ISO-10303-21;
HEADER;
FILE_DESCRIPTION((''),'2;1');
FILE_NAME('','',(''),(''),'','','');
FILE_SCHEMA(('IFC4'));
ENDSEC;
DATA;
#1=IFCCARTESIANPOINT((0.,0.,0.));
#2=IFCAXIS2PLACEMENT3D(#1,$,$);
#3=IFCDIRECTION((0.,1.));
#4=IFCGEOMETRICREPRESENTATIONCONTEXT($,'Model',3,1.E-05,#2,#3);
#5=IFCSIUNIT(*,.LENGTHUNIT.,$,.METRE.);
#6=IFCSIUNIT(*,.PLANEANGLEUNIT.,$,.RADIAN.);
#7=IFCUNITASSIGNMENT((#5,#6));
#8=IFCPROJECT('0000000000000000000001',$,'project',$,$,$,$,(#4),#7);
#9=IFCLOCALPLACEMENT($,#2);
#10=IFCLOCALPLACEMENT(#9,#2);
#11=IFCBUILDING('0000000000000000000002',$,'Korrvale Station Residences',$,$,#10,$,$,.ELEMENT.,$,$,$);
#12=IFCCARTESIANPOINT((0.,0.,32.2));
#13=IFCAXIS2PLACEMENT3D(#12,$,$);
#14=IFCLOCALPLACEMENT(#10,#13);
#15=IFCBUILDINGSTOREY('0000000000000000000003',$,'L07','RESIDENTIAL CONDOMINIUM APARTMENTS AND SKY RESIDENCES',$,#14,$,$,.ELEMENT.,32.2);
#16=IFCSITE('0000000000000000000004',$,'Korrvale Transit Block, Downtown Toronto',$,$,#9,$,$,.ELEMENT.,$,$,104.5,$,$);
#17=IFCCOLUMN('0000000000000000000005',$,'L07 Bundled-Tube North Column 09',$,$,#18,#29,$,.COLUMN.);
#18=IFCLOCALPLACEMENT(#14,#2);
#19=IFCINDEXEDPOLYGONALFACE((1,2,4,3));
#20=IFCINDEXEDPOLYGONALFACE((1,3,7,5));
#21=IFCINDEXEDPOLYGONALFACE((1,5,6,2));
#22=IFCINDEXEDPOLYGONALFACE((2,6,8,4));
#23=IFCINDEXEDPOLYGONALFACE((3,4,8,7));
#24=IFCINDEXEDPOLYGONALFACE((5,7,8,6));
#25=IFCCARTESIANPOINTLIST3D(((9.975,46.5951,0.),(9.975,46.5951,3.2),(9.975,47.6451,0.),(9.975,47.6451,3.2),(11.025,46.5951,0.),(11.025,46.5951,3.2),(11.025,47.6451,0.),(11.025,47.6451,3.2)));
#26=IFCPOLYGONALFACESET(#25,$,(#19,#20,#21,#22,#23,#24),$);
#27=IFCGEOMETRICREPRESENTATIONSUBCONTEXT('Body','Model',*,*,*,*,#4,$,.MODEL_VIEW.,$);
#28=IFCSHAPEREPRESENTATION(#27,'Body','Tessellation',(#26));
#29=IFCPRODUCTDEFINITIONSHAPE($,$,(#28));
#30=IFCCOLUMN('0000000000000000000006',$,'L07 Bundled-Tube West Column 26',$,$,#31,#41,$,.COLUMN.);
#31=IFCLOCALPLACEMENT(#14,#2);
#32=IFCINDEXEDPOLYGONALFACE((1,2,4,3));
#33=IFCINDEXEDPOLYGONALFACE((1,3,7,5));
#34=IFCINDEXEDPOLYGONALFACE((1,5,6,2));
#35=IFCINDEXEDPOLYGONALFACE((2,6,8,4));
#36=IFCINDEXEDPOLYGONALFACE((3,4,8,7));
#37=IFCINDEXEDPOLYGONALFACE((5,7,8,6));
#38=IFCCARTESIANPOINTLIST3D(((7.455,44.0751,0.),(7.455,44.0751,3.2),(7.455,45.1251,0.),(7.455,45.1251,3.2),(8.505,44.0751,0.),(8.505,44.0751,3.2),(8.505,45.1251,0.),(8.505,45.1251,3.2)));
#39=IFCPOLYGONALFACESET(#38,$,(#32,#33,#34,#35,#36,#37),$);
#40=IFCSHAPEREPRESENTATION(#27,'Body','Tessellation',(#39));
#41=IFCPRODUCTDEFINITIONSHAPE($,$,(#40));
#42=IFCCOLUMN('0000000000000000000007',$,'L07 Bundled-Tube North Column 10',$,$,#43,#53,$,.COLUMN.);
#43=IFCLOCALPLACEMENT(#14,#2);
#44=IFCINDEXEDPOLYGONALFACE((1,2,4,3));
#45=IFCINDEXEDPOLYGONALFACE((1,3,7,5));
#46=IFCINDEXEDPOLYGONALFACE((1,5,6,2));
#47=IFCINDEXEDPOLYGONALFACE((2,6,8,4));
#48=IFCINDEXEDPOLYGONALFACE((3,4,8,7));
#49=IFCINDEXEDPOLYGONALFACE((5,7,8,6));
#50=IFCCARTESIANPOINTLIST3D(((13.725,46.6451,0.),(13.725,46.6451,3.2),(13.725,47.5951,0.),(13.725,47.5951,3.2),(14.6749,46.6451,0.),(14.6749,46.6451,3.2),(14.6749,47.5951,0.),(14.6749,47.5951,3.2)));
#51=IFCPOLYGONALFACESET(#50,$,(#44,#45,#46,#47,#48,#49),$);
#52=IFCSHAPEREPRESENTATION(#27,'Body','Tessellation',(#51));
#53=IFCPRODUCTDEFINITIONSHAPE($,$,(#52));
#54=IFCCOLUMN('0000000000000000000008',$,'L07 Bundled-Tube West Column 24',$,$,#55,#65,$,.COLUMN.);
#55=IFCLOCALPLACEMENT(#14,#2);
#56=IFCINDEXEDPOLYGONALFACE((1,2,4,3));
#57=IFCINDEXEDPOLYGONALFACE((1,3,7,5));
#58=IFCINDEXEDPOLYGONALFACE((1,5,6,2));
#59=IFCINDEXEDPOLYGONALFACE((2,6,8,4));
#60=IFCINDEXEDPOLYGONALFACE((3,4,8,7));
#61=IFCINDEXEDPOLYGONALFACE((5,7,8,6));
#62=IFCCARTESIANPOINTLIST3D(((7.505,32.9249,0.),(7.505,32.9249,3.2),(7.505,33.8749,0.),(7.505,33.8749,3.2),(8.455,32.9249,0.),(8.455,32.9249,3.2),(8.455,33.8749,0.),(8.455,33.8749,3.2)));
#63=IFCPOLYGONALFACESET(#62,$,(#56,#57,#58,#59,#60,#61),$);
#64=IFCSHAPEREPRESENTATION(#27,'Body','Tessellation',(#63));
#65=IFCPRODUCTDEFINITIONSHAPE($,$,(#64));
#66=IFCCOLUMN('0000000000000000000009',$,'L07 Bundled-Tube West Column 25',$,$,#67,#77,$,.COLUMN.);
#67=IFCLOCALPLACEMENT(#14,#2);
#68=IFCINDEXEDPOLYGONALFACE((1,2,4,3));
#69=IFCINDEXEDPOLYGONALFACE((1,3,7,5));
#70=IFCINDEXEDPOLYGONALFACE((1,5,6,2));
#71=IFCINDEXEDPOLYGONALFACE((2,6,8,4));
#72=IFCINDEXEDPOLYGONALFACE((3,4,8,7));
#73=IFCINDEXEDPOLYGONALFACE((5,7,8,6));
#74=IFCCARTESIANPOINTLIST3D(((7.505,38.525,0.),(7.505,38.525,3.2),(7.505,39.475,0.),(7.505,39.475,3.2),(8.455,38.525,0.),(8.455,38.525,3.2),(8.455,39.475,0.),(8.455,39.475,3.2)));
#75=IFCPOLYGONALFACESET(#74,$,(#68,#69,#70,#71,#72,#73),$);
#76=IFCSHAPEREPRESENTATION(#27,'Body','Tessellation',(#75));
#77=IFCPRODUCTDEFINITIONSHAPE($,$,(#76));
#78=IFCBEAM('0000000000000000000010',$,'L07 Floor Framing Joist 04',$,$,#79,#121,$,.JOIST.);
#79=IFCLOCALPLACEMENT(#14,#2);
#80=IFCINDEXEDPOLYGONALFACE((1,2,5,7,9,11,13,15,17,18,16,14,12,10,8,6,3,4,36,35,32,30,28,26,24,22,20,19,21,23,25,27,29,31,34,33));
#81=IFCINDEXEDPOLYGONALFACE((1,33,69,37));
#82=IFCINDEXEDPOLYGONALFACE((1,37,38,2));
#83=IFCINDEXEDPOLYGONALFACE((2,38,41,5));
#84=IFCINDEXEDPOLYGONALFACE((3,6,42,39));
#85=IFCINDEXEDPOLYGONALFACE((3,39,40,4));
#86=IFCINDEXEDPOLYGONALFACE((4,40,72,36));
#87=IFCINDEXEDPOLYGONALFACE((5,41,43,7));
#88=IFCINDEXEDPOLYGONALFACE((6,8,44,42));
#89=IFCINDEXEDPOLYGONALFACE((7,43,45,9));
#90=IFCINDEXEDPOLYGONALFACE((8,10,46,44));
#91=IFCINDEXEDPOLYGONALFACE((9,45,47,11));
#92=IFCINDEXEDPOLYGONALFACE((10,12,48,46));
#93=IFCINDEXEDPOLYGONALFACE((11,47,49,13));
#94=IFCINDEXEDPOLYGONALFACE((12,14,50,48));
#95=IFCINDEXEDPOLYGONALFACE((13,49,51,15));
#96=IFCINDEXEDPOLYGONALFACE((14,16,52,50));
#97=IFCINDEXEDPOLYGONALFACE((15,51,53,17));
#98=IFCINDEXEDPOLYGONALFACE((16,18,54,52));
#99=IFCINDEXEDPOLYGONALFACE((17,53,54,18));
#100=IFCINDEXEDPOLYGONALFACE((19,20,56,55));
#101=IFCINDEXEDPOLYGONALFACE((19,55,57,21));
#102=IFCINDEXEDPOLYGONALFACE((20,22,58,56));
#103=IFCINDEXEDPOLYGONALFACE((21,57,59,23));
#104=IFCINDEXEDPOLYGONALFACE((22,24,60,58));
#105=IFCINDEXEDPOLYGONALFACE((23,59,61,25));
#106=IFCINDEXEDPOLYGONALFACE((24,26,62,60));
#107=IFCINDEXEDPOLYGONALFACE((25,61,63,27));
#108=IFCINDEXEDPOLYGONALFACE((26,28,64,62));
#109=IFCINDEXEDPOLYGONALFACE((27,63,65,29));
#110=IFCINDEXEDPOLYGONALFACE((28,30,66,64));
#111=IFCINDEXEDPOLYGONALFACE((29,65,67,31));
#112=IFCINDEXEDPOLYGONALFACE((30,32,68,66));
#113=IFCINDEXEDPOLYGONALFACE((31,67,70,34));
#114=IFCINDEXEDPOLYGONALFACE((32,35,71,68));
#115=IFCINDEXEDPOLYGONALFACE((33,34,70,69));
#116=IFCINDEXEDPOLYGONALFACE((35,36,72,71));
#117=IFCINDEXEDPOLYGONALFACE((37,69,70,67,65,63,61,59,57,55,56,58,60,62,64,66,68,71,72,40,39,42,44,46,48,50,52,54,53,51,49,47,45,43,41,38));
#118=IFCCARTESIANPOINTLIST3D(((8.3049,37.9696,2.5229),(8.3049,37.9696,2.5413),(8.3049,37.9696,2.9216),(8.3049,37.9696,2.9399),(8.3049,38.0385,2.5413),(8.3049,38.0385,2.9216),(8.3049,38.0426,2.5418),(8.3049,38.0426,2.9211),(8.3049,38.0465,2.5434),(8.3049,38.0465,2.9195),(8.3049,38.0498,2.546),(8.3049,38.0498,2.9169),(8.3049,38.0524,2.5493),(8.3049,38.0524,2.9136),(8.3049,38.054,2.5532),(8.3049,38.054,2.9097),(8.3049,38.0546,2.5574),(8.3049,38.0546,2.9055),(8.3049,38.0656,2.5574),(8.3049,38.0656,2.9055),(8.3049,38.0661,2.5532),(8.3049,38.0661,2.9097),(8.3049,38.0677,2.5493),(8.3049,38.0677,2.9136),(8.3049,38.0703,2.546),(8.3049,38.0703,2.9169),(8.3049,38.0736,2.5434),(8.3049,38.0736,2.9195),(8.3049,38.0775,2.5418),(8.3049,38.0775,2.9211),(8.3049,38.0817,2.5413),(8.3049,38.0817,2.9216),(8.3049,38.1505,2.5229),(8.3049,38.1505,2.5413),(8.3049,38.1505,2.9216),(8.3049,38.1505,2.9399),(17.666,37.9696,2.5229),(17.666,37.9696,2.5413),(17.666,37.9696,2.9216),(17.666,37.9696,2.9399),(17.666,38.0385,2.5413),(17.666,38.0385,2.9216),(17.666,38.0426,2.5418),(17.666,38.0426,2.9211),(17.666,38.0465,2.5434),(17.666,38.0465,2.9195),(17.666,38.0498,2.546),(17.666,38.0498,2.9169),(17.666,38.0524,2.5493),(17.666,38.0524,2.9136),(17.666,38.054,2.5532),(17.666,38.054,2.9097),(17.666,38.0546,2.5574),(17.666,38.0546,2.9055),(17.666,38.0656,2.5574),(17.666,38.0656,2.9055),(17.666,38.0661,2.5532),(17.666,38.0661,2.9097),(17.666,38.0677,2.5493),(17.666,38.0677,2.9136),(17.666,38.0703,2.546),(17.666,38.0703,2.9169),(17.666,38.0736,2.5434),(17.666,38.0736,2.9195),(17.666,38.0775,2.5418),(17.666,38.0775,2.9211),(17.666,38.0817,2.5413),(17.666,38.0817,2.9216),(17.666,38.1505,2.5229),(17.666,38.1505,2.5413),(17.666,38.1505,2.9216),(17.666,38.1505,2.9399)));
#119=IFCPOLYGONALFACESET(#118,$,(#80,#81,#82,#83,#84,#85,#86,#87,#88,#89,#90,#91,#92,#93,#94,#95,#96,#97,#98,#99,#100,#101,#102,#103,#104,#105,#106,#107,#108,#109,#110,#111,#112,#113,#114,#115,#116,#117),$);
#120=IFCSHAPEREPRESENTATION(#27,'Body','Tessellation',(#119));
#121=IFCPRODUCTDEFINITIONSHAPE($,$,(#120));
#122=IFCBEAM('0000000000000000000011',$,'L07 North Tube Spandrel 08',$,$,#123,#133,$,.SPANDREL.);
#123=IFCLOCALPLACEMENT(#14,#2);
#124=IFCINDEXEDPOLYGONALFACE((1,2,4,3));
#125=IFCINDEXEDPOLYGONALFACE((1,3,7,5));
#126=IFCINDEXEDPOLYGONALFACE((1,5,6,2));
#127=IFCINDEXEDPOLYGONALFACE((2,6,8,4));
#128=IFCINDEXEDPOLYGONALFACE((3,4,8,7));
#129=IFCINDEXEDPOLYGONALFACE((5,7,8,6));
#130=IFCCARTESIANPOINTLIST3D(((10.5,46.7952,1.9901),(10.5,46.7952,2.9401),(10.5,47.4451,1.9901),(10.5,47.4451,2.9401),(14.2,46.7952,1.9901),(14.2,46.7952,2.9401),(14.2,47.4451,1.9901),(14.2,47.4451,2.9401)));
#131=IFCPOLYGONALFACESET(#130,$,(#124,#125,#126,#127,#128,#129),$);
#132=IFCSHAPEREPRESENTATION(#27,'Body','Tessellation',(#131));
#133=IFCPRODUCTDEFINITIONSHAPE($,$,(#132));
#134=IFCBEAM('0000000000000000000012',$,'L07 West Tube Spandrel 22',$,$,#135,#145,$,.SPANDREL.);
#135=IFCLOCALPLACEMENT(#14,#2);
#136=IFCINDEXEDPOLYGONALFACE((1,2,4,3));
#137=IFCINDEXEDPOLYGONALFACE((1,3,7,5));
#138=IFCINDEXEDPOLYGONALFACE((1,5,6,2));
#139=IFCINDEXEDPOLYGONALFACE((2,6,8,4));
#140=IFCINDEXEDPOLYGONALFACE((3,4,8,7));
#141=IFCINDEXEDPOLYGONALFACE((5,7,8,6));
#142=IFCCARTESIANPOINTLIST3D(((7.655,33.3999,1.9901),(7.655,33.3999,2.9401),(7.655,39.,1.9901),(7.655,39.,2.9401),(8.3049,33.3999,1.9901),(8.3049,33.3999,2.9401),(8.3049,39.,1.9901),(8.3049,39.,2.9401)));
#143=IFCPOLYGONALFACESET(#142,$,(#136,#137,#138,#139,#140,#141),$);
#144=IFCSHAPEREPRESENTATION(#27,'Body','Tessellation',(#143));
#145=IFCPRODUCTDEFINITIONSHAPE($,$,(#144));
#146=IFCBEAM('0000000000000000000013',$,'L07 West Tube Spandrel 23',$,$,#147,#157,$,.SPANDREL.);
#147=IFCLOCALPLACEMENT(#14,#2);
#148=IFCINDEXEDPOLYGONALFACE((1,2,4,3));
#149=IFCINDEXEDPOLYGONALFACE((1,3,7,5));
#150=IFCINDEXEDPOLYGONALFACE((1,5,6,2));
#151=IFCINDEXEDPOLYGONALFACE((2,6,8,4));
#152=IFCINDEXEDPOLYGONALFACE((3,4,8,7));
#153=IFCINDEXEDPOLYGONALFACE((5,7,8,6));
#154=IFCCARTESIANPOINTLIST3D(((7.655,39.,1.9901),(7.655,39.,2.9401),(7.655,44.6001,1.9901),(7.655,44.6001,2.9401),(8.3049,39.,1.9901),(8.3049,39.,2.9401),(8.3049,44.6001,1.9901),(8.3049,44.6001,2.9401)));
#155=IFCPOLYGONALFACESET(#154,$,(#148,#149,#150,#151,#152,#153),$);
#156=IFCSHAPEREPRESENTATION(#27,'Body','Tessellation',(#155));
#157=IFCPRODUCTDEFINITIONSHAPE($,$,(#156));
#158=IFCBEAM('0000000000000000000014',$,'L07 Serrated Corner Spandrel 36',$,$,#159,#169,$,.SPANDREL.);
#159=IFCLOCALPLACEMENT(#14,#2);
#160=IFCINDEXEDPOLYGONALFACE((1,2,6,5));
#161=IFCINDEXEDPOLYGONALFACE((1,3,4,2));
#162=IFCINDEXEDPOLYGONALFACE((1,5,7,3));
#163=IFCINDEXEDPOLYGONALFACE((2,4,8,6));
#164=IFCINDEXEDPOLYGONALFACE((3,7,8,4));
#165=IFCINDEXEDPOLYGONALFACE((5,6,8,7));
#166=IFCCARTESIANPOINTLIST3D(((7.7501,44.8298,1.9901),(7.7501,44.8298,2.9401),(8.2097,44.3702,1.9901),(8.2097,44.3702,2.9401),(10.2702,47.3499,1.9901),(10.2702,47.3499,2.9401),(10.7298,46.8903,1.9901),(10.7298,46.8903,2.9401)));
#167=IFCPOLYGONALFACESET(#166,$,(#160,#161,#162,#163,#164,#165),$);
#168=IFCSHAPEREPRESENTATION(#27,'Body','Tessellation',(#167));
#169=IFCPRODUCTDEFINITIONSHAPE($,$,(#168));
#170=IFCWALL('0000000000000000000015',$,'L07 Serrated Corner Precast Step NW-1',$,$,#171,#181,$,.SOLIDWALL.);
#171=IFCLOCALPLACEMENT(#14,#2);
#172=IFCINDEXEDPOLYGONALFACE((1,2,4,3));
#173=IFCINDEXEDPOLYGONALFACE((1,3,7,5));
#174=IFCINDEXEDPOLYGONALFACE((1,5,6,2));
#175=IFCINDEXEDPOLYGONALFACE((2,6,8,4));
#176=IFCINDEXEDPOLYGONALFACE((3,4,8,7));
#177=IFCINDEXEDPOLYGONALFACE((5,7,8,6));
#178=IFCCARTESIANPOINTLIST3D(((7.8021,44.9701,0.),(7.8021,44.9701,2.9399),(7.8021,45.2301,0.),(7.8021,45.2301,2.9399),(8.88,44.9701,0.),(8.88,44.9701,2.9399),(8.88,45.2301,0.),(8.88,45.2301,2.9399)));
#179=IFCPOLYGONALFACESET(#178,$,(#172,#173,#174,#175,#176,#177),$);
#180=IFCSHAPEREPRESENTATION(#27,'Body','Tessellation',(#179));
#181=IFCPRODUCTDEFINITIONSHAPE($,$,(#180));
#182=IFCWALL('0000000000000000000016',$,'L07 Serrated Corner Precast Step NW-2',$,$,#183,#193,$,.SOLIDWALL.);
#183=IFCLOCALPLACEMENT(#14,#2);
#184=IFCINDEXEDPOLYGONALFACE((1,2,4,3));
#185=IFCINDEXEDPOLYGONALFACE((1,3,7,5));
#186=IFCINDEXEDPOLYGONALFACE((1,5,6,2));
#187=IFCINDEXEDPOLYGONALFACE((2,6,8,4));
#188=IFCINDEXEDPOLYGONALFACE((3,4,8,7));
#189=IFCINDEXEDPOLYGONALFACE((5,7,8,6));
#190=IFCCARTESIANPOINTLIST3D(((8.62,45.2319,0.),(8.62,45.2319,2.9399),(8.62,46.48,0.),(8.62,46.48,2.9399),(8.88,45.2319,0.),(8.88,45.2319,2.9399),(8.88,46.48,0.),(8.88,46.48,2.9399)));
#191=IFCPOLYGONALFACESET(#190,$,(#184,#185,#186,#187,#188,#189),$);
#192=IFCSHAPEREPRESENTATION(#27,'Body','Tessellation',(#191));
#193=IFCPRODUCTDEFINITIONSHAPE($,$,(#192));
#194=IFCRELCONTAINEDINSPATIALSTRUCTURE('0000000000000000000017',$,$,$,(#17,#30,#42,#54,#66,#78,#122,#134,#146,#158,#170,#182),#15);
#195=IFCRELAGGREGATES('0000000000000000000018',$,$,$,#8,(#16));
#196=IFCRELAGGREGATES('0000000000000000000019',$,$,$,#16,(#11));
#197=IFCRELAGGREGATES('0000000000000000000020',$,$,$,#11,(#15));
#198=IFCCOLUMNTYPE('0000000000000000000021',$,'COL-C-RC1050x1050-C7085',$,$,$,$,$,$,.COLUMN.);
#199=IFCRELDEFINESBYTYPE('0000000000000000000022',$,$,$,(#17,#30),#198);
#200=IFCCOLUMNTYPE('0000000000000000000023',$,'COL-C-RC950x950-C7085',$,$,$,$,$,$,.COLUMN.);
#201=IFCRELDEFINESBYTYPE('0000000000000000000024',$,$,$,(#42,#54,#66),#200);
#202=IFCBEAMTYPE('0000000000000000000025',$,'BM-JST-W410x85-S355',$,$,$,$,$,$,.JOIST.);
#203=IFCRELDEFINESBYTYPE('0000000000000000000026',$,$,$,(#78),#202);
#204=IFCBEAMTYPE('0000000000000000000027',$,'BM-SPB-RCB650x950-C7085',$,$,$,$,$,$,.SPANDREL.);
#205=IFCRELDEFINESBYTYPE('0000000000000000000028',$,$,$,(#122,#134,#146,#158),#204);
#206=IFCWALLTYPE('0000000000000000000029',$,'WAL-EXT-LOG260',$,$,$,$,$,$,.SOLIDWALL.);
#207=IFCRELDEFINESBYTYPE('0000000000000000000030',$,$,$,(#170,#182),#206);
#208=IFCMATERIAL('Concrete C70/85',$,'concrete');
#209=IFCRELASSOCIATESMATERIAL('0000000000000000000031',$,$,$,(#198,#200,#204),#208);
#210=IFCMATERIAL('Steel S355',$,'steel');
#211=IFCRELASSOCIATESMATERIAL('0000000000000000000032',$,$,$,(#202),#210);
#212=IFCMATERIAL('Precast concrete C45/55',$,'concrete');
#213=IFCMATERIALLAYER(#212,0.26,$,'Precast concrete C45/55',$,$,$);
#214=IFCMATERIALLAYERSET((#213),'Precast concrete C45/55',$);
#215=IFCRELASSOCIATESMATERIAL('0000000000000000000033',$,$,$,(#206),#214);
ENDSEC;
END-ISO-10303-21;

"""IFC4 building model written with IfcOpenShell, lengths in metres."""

from ifc_helpers import new_model, si_unit, direction, frame, frame_2d, origin, origin_2d, place, context, subcontext, project, spatial, rectangle, i_section, extrude, material, layer, layer_set, material_profile, profile_set, type_object, element, save


model = new_model("IFC4")

# Units and contexts
model_context = context("Model", 3, precision=1e-05, world=origin(), true_north=direction((0.0, 1.0)))
body_context = subcontext(model_context, "Body", "Model", "MODEL_VIEW")
ifc_project = project(units=[si_unit("LENGTHUNIT", "METRE"), si_unit("PLANEANGLEUNIT", "RADIAN")], contexts=[model_context])

# Site, building, storey
site_placement = place(None, origin())
site = spatial("IfcSite", under=ifc_project, at=site_placement, Name="Korrvale Transit Block, Downtown Toronto", CompositionType="ELEMENT", RefElevation=104.5)
building_placement = place(site_placement, origin())
building = spatial("IfcBuilding", under=site, at=building_placement, Name="Korrvale Station Residences", CompositionType="ELEMENT")
storey_placement = place(building_placement, frame((0.0, 0.0, 32.2)))
storey = spatial("IfcBuildingStorey", under=building, at=storey_placement, Name="L07", Description="RESIDENTIAL CONDOMINIUM APARTMENTS AND SKY RESIDENCES", CompositionType="ELEMENT", Elevation=32.2)

# Columns
ifc_material_1 = material(Name="Concrete C70/85", Category="concrete")
ifc_material_profile_1 = material_profile(ifc_material_1, rectangle(XDim=1.05, YDim=1.05, at=origin_2d()), Name="RC1050x1050")
ifc_profile_set_1 = profile_set([ifc_material_profile_1], Name="Concrete C70/85")
column_type_1 = type_object("IfcColumnType", Name="COL-C-RC1050x1050-C7085", PredefinedType="COLUMN", material=ifc_profile_set_1)
for number, where, z_axis, x_axis, name in (
    (1, (10.5, 47.1201, 0.0), (0.0, 0.0, 1.0), (1.0, 0.0, 0.0), "L07 Bundled-Tube North Column 09"),
    (2, (7.98, 44.6001, 0.0), (0.0, 0.0, 1.0), (1.0, 0.0, 0.0), "L07 Bundled-Tube West Column 26"),
):
    element("IfcColumn", number, at=place(storey_placement, frame(where, z_axis=z_axis, x_axis=x_axis)), inside=storey, type_object=column_type_1, Name=name, PredefinedType="COLUMN", context=body_context, shape_type="SweptSolid", body=[
        extrude(rectangle(XDim=1.05, YDim=1.05, at=origin_2d()), origin(), (0.0, 0.0, 1.0), 3.2),
    ])
ifc_material_profile_2 = material_profile(ifc_material_1, rectangle(XDim=0.95, YDim=0.95, at=origin_2d()), Name="RC950x950")
ifc_profile_set_2 = profile_set([ifc_material_profile_2], Name="Concrete C70/85")
column_type_2 = type_object("IfcColumnType", Name="COL-C-RC950x950-C7085", PredefinedType="COLUMN", material=ifc_profile_set_2)
for number, where, z_axis, x_axis, name in (
    (3, (14.2, 47.1201, 0.0), (0.0, 0.0, 1.0), (1.0, 0.0, 0.0), "L07 Bundled-Tube North Column 10"),
    (4, (7.98, 33.3999, 0.0), (0.0, 0.0, 1.0), (1.0, 0.0, 0.0), "L07 Bundled-Tube West Column 24"),
    (5, (7.98, 39.0, 0.0), (0.0, 0.0, 1.0), (1.0, 0.0, 0.0), "L07 Bundled-Tube West Column 25"),
):
    element("IfcColumn", number, at=place(storey_placement, frame(where, z_axis=z_axis, x_axis=x_axis)), inside=storey, type_object=column_type_2, Name=name, PredefinedType="COLUMN", context=body_context, shape_type="SweptSolid", body=[
        extrude(rectangle(XDim=0.95, YDim=0.95, at=origin_2d()), origin(), (0.0, 0.0, 1.0), 3.2),
    ])

# Beams
ifc_material_2 = material(Name="Steel S355", Category="steel")
ifc_material_profile_3 = material_profile(ifc_material_2, i_section(OverallWidth=0.1809, OverallDepth=0.417, WebThickness=0.011, FlangeThickness=0.0183, FilletRadius=0.0161, at=origin_2d()), Name="W410x85")
ifc_profile_set_3 = profile_set([ifc_material_profile_3], Name="Steel S355")
beam_type_1 = type_object("IfcBeamType", Name="BM-JST-W410x85-S355", PredefinedType="JOIST", material=ifc_profile_set_3)
beam_1_placement = place(storey_placement, frame((8.3049, 38.0601, 2.7314), z_axis=(1.0, 0.0, 0.0), x_axis=(0.0, 1.0, 0.0)))
element("IfcBeam", 6, at=beam_1_placement, inside=storey, type_object=beam_type_1, Name="L07 Floor Framing Joist 04", PredefinedType="JOIST", context=body_context, shape_type="SweptSolid", body=[
    extrude(i_section(OverallWidth=0.1809, OverallDepth=0.417, WebThickness=0.011, FlangeThickness=0.0183, FilletRadius=0.0161, at=origin_2d()), origin(), (0.0, 0.0, 1.0), 9.3611),
])
ifc_material_profile_4 = material_profile(ifc_material_1, rectangle(XDim=0.6499, YDim=0.95, at=origin_2d()), Name="RCB650x950")
ifc_profile_set_4 = profile_set([ifc_material_profile_4], Name="Concrete C70/85")
beam_type_2 = type_object("IfcBeamType", Name="BM-SPB-RCB650x950-C7085", PredefinedType="SPANDREL", material=ifc_profile_set_4)
beam_2_placement = place(storey_placement, frame((10.5, 47.1201, 2.4651), z_axis=(1.0, 0.0, 0.0), x_axis=(0.0, 1.0, 0.0)))
element("IfcBeam", 7, at=beam_2_placement, inside=storey, type_object=beam_type_2, Name="L07 North Tube Spandrel 08", PredefinedType="SPANDREL", context=body_context, shape_type="SweptSolid", body=[
    extrude(rectangle(XDim=0.6499, YDim=0.95, at=origin_2d()), origin(), (0.0, 0.0, 1.0), 3.7),
])
for number, where, z_axis, x_axis, name in (
    (8, (7.98, 33.3999, 2.4651), (0.0, 1.0, 0.0), (-1.0, 0.0, 0.0), "L07 West Tube Spandrel 22"),
    (9, (7.98, 39.0, 2.4651), (0.0, 1.0, 0.0), (-1.0, 0.0, 0.0), "L07 West Tube Spandrel 23"),
):
    element("IfcBeam", number, at=place(storey_placement, frame(where, z_axis=z_axis, x_axis=x_axis)), inside=storey, type_object=beam_type_2, Name=name, PredefinedType="SPANDREL", context=body_context, shape_type="SweptSolid", body=[
        extrude(rectangle(XDim=0.6499, YDim=0.95, at=origin_2d()), origin(), (0.0, 0.0, 1.0), 5.6001),
    ])
beam_3_placement = place(storey_placement, frame((10.5, 47.1201, 2.4651), z_axis=(-0.707107, -0.707107, 0.0), x_axis=(0.707107, -0.707107, 0.0)))
element("IfcBeam", 10, at=beam_3_placement, inside=storey, type_object=beam_type_2, Name="L07 Serrated Corner Spandrel 36", PredefinedType="SPANDREL", context=body_context, shape_type="SweptSolid", body=[
    extrude(rectangle(XDim=0.6499, YDim=0.95, at=origin_2d()), origin(), (0.0, 0.0, 1.0), 3.564),
])

# Walls
ifc_material_3 = material(Name="Precast concrete C45/55", Category="concrete")
ifc_layer_1 = layer(ifc_material_3, 0.26, Name="Precast concrete C45/55")
ifc_layer_set_1 = layer_set([ifc_layer_1], Name="Precast concrete C45/55")
wall_type_1 = type_object("IfcWallType", Name="WAL-EXT-LOG260", PredefinedType="SOLIDWALL", material=ifc_layer_set_1)
wall_1_placement = place(storey_placement, frame((7.802, 45.1001, 0.0), z_axis=(0.0, 0.0, 1.0), x_axis=(1.0, 0.0, 0.0)))
element("IfcWall", 11, at=wall_1_placement, inside=storey, type_object=wall_type_1, Name="L07 Serrated Corner Precast Step NW-1", PredefinedType="SOLIDWALL", context=body_context, shape_type="SweptSolid", body=[
    extrude(rectangle(XDim=1.0779, YDim=0.26, at=frame_2d((0.5391, 0.0))), origin(), (0.0, 0.0, 1.0), 2.9399),
])
wall_2_placement = place(storey_placement, frame((8.75, 45.2319, 0.0), z_axis=(0.0, 0.0, 1.0), x_axis=(0.0, 1.0, 0.0)))
element("IfcWall", 12, at=wall_2_placement, inside=storey, type_object=wall_type_1, Name="L07 Serrated Corner Precast Step NW-2", PredefinedType="SOLIDWALL", context=body_context, shape_type="SweptSolid", body=[
    extrude(rectangle(XDim=1.248, YDim=0.26, at=frame_2d((0.624, 0.0))), origin(), (0.0, 0.0, 1.0), 2.9399),
])

save(model, "model.ifc")
